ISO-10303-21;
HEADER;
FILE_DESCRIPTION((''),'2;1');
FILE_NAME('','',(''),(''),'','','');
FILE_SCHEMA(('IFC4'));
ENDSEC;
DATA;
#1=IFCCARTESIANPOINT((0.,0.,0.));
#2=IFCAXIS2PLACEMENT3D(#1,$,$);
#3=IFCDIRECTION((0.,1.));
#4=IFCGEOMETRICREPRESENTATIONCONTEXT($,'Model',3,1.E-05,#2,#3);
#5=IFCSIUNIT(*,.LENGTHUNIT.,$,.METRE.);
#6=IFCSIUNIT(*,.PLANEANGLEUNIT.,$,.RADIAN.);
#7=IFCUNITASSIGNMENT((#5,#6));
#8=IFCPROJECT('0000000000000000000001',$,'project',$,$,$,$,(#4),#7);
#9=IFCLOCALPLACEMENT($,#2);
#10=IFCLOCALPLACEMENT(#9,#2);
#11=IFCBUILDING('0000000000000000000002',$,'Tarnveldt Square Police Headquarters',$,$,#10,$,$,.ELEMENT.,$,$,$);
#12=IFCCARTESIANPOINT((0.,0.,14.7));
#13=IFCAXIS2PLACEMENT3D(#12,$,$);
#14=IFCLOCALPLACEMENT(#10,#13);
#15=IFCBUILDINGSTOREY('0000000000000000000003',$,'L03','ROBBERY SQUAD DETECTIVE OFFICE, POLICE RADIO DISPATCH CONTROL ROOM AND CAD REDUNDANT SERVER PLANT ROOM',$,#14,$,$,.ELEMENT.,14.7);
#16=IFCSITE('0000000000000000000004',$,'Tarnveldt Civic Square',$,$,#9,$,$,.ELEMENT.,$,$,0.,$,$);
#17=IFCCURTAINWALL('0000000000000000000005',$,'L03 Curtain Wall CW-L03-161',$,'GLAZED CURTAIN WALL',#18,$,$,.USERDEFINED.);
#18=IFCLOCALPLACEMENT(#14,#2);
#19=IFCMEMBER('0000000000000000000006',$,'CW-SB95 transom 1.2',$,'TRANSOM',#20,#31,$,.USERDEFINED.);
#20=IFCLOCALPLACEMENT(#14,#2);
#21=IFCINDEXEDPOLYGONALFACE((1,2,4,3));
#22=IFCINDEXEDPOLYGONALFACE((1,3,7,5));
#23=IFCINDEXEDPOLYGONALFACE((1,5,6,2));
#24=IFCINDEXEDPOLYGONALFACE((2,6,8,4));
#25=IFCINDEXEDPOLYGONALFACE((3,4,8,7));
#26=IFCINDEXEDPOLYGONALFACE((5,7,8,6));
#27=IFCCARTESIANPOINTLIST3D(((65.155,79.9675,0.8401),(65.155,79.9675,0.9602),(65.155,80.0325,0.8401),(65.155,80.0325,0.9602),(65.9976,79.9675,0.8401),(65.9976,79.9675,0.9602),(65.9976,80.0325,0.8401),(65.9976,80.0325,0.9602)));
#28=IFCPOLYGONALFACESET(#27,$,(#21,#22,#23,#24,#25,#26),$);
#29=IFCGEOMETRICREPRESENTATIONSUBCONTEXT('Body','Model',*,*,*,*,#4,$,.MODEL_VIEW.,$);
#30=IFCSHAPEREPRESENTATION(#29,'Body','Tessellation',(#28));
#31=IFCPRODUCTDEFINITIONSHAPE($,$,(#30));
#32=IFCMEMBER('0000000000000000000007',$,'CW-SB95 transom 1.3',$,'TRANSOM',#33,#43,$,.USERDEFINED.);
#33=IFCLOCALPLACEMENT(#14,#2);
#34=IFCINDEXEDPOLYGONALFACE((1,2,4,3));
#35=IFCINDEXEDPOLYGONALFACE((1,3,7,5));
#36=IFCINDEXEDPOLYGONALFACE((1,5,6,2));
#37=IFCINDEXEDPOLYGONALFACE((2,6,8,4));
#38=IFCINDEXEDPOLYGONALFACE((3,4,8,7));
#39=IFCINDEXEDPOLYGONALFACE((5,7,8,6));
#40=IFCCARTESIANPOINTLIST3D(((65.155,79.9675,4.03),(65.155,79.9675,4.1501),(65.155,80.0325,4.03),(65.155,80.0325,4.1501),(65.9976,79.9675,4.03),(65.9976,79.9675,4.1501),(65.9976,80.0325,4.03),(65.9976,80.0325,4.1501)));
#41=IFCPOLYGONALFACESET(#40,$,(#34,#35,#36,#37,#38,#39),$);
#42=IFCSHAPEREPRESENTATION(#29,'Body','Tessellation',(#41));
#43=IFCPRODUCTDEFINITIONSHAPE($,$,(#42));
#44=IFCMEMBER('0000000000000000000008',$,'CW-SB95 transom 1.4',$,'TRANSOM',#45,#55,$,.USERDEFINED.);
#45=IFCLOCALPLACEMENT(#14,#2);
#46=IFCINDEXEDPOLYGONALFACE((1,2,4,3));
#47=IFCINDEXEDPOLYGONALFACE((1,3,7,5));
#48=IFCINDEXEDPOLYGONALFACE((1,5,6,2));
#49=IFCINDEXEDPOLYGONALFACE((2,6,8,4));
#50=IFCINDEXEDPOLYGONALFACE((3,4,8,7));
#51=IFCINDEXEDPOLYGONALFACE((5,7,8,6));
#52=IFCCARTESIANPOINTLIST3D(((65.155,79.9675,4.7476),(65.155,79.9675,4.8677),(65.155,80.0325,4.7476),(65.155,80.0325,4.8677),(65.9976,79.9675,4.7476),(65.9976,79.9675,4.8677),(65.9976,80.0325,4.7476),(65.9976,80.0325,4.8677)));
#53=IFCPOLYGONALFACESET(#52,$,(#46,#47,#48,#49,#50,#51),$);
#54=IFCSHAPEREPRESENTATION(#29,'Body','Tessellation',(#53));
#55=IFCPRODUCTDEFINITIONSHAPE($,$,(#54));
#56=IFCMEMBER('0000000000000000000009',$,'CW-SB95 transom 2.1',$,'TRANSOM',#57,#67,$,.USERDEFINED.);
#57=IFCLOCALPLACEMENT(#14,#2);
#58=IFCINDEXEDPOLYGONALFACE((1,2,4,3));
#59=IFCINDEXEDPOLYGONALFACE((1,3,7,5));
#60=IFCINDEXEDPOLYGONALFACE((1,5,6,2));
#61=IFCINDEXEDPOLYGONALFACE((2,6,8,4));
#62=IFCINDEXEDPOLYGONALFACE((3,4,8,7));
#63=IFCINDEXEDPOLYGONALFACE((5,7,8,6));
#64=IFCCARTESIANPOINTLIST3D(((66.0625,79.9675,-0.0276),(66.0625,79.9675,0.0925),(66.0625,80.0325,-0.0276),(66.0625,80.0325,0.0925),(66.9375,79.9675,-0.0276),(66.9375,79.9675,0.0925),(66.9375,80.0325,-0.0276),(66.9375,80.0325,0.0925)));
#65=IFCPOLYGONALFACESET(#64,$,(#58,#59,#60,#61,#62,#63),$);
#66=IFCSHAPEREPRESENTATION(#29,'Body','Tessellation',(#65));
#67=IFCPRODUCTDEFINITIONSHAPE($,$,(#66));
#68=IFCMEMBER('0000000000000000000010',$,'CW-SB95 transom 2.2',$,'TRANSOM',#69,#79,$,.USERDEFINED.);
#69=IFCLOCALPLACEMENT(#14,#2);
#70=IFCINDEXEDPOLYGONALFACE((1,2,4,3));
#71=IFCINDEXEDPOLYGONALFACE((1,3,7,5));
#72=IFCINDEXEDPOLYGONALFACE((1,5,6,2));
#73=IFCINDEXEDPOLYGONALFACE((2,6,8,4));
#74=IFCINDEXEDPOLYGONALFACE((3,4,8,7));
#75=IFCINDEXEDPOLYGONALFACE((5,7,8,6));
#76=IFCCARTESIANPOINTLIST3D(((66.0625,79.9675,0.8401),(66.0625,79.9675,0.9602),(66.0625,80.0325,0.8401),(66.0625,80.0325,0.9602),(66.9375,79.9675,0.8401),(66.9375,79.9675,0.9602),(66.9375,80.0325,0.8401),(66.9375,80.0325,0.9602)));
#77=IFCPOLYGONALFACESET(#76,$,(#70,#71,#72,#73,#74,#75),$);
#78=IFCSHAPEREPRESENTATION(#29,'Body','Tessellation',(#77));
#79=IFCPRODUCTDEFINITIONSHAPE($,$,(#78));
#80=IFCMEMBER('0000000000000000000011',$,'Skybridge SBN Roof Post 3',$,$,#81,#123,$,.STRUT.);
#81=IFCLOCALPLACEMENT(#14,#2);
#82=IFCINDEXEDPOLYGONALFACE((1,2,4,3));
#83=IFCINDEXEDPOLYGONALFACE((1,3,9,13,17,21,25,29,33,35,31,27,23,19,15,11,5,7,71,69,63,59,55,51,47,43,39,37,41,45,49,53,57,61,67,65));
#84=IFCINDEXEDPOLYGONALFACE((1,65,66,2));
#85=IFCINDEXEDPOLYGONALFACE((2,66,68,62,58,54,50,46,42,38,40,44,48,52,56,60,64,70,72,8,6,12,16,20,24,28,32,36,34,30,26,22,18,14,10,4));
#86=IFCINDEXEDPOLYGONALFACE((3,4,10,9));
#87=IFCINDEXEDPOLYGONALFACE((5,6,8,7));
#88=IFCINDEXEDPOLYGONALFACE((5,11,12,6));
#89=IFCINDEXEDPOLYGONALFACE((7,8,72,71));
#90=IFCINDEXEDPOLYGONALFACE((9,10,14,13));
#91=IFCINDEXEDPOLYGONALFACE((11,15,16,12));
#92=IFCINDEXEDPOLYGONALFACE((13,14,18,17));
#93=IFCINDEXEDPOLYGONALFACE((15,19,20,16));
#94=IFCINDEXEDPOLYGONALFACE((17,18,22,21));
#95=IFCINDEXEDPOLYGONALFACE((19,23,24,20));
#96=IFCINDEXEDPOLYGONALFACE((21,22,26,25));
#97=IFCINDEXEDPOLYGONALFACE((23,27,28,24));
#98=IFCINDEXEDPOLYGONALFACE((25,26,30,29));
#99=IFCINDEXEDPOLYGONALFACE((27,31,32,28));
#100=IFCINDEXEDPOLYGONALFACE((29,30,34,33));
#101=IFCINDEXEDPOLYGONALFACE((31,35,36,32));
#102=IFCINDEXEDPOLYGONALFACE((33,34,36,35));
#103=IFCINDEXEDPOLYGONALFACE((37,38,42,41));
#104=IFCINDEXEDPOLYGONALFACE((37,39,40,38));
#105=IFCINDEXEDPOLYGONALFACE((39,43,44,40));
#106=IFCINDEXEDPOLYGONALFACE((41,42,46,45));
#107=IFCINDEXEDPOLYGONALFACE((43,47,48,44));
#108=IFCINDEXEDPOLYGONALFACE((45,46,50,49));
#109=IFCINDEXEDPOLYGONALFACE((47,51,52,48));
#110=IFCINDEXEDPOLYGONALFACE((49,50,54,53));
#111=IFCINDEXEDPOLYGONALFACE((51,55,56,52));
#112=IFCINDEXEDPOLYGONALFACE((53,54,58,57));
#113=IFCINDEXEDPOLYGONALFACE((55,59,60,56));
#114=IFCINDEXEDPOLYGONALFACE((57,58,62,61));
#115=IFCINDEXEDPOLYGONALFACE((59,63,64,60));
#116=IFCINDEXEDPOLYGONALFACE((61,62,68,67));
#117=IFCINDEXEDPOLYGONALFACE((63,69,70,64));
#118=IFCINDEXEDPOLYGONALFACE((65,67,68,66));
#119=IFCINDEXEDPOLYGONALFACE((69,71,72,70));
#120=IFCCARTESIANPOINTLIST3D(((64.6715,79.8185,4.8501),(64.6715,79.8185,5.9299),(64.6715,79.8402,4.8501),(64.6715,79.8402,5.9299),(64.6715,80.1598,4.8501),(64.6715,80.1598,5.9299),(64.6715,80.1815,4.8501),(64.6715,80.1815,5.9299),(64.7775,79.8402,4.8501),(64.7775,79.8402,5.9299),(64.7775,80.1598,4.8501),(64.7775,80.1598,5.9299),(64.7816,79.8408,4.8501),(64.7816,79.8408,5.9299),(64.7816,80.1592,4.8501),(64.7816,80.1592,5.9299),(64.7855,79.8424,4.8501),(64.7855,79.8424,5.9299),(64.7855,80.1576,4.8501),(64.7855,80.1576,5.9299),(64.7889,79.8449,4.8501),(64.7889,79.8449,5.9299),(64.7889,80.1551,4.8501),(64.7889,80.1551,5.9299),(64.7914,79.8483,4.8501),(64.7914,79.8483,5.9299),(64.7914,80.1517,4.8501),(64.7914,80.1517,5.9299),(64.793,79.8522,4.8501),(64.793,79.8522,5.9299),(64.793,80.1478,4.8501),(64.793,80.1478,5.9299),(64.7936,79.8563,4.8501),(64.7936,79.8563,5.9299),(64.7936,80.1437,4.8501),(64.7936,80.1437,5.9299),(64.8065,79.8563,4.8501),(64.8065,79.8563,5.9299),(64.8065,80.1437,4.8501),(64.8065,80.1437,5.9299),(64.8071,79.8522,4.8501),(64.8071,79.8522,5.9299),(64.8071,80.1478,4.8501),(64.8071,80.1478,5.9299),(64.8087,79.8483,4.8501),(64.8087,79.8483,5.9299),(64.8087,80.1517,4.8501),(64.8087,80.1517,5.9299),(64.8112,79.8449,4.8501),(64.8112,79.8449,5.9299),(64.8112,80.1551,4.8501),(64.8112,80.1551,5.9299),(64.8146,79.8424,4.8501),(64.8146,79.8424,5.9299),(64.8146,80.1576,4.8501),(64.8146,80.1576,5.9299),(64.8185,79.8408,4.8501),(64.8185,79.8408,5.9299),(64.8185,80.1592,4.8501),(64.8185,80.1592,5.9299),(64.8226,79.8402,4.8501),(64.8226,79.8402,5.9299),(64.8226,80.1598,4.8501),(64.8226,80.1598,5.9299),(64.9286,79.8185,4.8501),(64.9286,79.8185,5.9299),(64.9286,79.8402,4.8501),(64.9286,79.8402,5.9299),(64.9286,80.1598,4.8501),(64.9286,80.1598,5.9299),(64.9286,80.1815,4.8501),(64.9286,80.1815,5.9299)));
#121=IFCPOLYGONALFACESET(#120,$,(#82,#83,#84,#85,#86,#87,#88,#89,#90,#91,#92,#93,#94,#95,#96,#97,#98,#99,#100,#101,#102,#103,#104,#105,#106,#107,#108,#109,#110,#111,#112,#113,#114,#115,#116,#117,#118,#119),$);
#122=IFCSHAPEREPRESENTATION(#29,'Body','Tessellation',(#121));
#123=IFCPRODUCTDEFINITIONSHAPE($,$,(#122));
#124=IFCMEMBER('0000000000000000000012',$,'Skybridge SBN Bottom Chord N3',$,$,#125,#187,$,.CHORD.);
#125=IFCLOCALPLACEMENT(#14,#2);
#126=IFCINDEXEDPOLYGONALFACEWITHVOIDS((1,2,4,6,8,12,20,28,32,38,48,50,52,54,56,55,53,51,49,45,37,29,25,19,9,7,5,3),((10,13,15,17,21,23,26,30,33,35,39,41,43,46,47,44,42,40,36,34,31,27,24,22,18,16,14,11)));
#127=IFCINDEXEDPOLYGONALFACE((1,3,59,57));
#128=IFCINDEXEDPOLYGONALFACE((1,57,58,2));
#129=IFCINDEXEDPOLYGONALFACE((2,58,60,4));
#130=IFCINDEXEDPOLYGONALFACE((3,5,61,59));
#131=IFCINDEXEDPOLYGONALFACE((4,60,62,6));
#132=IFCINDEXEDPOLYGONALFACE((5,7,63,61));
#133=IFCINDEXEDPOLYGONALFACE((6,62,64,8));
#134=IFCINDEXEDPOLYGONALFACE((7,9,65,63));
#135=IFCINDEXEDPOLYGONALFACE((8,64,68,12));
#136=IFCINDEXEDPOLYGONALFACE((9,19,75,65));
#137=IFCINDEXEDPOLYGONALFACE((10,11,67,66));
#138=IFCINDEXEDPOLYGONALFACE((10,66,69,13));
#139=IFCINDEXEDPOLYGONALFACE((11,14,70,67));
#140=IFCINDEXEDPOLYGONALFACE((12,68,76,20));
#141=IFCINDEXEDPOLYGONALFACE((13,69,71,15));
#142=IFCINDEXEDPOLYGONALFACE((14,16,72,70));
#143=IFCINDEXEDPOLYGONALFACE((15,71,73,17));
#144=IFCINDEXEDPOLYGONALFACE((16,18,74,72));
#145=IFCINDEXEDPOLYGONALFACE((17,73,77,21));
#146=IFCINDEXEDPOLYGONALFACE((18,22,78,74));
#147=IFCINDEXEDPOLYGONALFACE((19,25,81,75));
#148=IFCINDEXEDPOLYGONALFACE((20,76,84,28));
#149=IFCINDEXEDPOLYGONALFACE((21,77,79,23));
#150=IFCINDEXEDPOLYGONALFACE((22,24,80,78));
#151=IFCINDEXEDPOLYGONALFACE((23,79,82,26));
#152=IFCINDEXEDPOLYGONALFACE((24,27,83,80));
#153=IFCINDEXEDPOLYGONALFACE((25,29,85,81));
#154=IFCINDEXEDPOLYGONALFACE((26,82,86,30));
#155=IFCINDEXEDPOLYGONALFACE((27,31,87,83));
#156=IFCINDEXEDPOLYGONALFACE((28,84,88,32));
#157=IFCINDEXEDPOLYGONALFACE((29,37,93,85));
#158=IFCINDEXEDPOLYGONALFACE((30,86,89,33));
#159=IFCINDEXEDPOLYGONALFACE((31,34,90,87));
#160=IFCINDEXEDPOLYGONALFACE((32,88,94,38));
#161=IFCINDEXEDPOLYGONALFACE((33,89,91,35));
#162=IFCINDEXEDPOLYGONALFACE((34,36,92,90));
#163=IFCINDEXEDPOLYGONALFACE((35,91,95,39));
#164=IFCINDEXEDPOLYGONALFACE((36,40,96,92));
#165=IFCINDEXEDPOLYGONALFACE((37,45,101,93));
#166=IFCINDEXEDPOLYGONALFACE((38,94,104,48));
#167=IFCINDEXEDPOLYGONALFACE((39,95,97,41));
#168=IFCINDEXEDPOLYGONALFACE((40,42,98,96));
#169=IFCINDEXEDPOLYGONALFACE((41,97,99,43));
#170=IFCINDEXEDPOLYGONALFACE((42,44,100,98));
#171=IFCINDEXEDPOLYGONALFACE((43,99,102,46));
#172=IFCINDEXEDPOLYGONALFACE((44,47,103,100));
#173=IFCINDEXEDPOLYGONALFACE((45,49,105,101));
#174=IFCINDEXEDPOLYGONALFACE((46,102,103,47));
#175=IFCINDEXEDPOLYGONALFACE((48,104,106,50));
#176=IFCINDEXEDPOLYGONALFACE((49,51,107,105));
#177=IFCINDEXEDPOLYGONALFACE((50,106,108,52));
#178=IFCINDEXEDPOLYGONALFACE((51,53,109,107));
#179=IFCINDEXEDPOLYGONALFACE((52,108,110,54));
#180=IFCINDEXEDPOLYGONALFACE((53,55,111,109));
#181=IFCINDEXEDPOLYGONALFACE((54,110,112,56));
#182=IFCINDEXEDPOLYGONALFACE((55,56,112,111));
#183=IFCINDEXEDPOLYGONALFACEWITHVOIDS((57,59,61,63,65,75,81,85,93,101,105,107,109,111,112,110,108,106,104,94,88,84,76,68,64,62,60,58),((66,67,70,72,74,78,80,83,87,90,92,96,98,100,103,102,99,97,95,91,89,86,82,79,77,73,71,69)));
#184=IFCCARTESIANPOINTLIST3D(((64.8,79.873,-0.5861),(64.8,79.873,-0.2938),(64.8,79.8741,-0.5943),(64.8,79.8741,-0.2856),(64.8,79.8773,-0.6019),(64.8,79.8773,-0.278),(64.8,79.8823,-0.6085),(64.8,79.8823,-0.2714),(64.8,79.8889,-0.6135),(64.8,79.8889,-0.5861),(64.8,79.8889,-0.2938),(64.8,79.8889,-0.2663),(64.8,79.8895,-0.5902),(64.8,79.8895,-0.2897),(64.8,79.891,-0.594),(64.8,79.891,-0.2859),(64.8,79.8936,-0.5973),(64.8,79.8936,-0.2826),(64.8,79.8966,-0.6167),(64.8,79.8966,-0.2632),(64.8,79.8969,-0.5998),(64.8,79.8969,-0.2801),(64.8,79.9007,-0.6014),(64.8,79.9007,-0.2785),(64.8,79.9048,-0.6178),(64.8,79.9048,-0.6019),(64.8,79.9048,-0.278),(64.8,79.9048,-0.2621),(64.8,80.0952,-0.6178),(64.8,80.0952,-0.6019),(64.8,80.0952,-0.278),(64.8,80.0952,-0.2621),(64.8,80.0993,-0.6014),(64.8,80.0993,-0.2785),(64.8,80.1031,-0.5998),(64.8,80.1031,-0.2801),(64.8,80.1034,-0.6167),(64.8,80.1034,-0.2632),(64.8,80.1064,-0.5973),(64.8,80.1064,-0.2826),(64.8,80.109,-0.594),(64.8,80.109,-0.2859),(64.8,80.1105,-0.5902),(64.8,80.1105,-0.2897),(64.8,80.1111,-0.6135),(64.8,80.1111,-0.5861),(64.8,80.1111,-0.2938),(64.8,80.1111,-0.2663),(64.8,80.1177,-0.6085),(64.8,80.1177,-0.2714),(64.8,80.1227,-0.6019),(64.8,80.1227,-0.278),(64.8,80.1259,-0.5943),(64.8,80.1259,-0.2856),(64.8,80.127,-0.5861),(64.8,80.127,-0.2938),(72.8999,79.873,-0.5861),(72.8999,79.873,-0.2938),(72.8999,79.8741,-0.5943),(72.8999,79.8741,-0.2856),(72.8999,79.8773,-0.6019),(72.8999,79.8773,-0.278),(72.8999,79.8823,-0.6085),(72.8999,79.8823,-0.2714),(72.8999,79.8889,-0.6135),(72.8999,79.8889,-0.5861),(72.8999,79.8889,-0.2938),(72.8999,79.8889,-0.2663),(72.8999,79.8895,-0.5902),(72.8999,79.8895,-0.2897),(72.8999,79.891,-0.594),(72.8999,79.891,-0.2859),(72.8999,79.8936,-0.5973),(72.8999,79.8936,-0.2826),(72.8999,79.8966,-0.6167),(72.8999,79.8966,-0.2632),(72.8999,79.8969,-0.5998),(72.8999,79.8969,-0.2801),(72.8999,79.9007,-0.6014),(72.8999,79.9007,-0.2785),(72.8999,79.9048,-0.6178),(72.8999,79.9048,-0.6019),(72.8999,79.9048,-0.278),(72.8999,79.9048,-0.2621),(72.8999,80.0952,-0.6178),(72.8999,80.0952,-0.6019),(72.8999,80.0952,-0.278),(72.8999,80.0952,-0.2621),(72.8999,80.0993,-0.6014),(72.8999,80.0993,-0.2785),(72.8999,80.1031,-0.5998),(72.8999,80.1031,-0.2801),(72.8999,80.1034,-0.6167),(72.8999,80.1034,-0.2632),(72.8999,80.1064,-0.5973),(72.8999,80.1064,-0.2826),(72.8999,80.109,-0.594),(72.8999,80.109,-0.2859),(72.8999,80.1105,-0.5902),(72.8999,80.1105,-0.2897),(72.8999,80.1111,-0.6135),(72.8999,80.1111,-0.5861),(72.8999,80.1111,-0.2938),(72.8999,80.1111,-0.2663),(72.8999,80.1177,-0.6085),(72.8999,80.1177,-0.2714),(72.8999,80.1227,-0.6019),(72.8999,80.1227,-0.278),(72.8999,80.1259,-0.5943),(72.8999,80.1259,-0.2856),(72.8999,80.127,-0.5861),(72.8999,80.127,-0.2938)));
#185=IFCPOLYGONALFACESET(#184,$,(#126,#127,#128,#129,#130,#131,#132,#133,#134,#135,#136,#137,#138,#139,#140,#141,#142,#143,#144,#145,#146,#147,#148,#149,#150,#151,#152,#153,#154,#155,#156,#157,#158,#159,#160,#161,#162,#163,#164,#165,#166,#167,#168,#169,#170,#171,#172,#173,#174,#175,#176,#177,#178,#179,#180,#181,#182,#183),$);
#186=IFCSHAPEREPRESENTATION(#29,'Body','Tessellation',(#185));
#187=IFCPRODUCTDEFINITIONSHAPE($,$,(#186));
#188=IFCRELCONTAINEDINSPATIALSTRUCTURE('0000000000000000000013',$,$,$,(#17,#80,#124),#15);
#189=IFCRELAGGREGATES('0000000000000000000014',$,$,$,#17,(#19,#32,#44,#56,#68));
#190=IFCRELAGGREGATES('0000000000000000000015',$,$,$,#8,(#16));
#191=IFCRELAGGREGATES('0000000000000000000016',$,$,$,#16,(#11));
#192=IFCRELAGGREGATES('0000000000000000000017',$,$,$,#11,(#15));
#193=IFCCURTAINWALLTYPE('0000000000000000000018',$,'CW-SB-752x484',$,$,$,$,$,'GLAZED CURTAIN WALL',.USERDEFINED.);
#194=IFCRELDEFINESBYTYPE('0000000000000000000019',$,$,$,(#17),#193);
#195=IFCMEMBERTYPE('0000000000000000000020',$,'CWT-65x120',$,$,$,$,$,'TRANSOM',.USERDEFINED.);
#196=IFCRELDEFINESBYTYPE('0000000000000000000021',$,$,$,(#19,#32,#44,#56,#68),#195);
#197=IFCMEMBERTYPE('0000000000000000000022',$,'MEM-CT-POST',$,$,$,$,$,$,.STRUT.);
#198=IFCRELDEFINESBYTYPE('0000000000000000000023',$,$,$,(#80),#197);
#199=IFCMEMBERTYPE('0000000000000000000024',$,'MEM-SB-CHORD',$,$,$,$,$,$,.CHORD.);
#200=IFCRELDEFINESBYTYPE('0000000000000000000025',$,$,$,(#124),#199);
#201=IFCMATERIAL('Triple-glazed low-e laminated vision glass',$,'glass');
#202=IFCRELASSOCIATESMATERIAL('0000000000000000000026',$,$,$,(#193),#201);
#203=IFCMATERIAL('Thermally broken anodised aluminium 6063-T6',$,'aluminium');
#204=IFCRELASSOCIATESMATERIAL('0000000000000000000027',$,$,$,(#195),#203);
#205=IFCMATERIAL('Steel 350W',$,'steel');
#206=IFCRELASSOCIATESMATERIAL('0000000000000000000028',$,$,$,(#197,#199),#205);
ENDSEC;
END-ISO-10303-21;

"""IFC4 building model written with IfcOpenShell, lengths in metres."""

from ifc_helpers import new_model, si_unit, direction, frame, origin, origin_2d, place, context, subcontext, project, spatial, rectangle, hollow_rectangle, i_section, extrude, material, material_profile, profile_set, type_object, element, aggregate, save


model = new_model("IFC4")

# Units and contexts
model_context = context("Model", 3, precision=1e-05, world=origin(), true_north=direction((0.0, 1.0)))
body_context = subcontext(model_context, "Body", "Model", "MODEL_VIEW")
ifc_project = project(units=[si_unit("LENGTHUNIT", "METRE"), si_unit("PLANEANGLEUNIT", "RADIAN")], contexts=[model_context])

# Site, building, storey
site_placement = place(None, origin())
site = spatial("IfcSite", under=ifc_project, at=site_placement, Name="Tarnveldt Civic Square", CompositionType="ELEMENT", RefElevation=0.0)
building_placement = place(site_placement, origin())
building = spatial("IfcBuilding", under=site, at=building_placement, Name="Tarnveldt Square Police Headquarters", CompositionType="ELEMENT")
storey_placement = place(building_placement, frame((0.0, 0.0, 14.7)))
storey = spatial("IfcBuildingStorey", under=building, at=storey_placement, Name="L03", Description="ROBBERY SQUAD DETECTIVE OFFICE, POLICE RADIO DISPATCH CONTROL ROOM AND CAD REDUNDANT SERVER PLANT ROOM", CompositionType="ELEMENT", Elevation=14.7)

# Shared definitions
ifc_material_1 = material(Name="Steel 350W", Category="steel")

# Curtain wall
ifc_material_2 = material(Name="Triple-glazed low-e laminated vision glass", Category="glass")
curtain_wall_type = type_object("IfcCurtainWallType", Name="CW-SB-752x484", ElementType="GLAZED CURTAIN WALL", PredefinedType="USERDEFINED", material=ifc_material_2)
ifc_material_3 = material(Name="Thermally broken anodised aluminium 6063-T6", Category="aluminium")
curtain_wall_1_placement = place(storey_placement, origin())
curtain_wall_1 = element("IfcCurtainWall", 1, at=curtain_wall_1_placement, inside=storey, type_object=curtain_wall_type, Name="L03 Curtain Wall CW-L03-161", ObjectType="GLAZED CURTAIN WALL", PredefinedType="USERDEFINED")

# Members
ifc_material_profile_1 = material_profile(ifc_material_3, rectangle(XDim=0.0649, YDim=0.1201, at=origin_2d()), Name="CW-T65x120")
ifc_profile_set_1 = profile_set([ifc_material_profile_1], Name="Thermally broken anodised aluminium 6063-T6")
member_type_1 = type_object("IfcMemberType", Name="CWT-65x120", ElementType="TRANSOM", PredefinedType="USERDEFINED", material=ifc_profile_set_1)
member_1_placement = place(storey_placement, frame((65.155, 80.0, 0.9001), z_axis=(1.0, 0.0, 0.0), x_axis=(0.0, 1.0, 0.0)))
member_1 = element("IfcMember", 2, at=member_1_placement, type_object=member_type_1, Name="CW-SB95 transom 1.2", ObjectType="TRANSOM", PredefinedType="USERDEFINED", context=body_context, shape_type="SweptSolid", body=[
    extrude(rectangle(XDim=0.0649, YDim=0.1201, at=origin_2d()), origin(), (0.0, 0.0, 1.0), 0.8425),
])
member_2_placement = place(storey_placement, frame((65.155, 80.0, 4.0901), z_axis=(1.0, 0.0, 0.0), x_axis=(0.0, 1.0, 0.0)))
member_2 = element("IfcMember", 3, at=member_2_placement, type_object=member_type_1, Name="CW-SB95 transom 1.3", ObjectType="TRANSOM", PredefinedType="USERDEFINED", context=body_context, shape_type="SweptSolid", body=[
    extrude(rectangle(XDim=0.0649, YDim=0.1201, at=origin_2d()), origin(), (0.0, 0.0, 1.0), 0.8425),
])
member_3_placement = place(storey_placement, frame((65.155, 80.0, 4.8076), z_axis=(1.0, 0.0, 0.0), x_axis=(0.0, 1.0, 0.0)))
member_3 = element("IfcMember", 4, at=member_3_placement, type_object=member_type_1, Name="CW-SB95 transom 1.4", ObjectType="TRANSOM", PredefinedType="USERDEFINED", context=body_context, shape_type="SweptSolid", body=[
    extrude(rectangle(XDim=0.0649, YDim=0.1201, at=origin_2d()), origin(), (0.0, 0.0, 1.0), 0.8425),
])
member_4_placement = place(storey_placement, frame((66.0625, 80.0, 0.0325), z_axis=(1.0, 0.0, 0.0), x_axis=(0.0, 1.0, 0.0)))
member_4 = element("IfcMember", 5, at=member_4_placement, type_object=member_type_1, Name="CW-SB95 transom 2.1", ObjectType="TRANSOM", PredefinedType="USERDEFINED", context=body_context, shape_type="SweptSolid", body=[
    extrude(rectangle(XDim=0.0649, YDim=0.1201, at=origin_2d()), origin(), (0.0, 0.0, 1.0), 0.875),
])
member_5_placement = place(storey_placement, frame((66.0625, 80.0, 0.9001), z_axis=(1.0, 0.0, 0.0), x_axis=(0.0, 1.0, 0.0)))
member_5 = element("IfcMember", 6, at=member_5_placement, type_object=member_type_1, Name="CW-SB95 transom 2.2", ObjectType="TRANSOM", PredefinedType="USERDEFINED", context=body_context, shape_type="SweptSolid", body=[
    extrude(rectangle(XDim=0.0649, YDim=0.1201, at=origin_2d()), origin(), (0.0, 0.0, 1.0), 0.875),
])

# Members
ifc_material_profile_2 = material_profile(ifc_material_1, i_section(OverallWidth=0.2571, OverallDepth=0.363, WebThickness=0.0129, FlangeThickness=0.0217, FilletRadius=0.0161, at=origin_2d()), Name="W360x122")
ifc_profile_set_2 = profile_set([ifc_material_profile_2], Name="Steel 350W")
member_type_2 = type_object("IfcMemberType", Name="MEM-CT-POST", PredefinedType="STRUT", material=ifc_profile_set_2)
member_6_placement = place(storey_placement, frame((64.8, 80.0, 4.8501), z_axis=(0.0, 0.0, 1.0), x_axis=(1.0, 0.0, 0.0)))
element("IfcMember", 7, at=member_6_placement, inside=storey, type_object=member_type_2, Name="Skybridge SBN Roof Post 3", PredefinedType="STRUT", context=body_context, shape_type="SweptSolid", body=[
    extrude(i_section(OverallWidth=0.2571, OverallDepth=0.363, WebThickness=0.0129, FlangeThickness=0.0217, FilletRadius=0.0161, at=origin_2d()), origin(), (0.0, 0.0, 1.0), 1.0798),
])
ifc_material_profile_3 = material_profile(ifc_material_1, hollow_rectangle(XDim=0.2539, YDim=0.3557, WallThickness=0.0159, InnerFilletRadius=0.0159, OuterFilletRadius=0.0317, at=origin_2d()), Name="HSS356x254x16")
ifc_profile_set_3 = profile_set([ifc_material_profile_3], Name="Steel 350W")
member_type_3 = type_object("IfcMemberType", Name="MEM-SB-CHORD", PredefinedType="CHORD", material=ifc_profile_set_3)
for number, where, z_axis, x_axis, name in (
    (8, (64.8, 80.0, -0.4399), (1.0, 0.0, 0.0), (0.0, 1.0, 0.0), "Skybridge SBN Bottom Chord N3"),
):
    element("IfcMember", number, at=place(storey_placement, frame(where, z_axis=z_axis, x_axis=x_axis)), inside=storey, type_object=member_type_3, Name=name, PredefinedType="CHORD", context=body_context, shape_type="SweptSolid", body=[
        extrude(hollow_rectangle(XDim=0.2539, YDim=0.3557, WallThickness=0.0159, InnerFilletRadius=0.0159, OuterFilletRadius=0.0317, at=origin_2d()), origin(), (0.0, 0.0, 1.0), 8.0999),
    ])

aggregate(curtain_wall_1, [member_1, member_2, member_3, member_4, member_5])

save(model, "model.ifc")
